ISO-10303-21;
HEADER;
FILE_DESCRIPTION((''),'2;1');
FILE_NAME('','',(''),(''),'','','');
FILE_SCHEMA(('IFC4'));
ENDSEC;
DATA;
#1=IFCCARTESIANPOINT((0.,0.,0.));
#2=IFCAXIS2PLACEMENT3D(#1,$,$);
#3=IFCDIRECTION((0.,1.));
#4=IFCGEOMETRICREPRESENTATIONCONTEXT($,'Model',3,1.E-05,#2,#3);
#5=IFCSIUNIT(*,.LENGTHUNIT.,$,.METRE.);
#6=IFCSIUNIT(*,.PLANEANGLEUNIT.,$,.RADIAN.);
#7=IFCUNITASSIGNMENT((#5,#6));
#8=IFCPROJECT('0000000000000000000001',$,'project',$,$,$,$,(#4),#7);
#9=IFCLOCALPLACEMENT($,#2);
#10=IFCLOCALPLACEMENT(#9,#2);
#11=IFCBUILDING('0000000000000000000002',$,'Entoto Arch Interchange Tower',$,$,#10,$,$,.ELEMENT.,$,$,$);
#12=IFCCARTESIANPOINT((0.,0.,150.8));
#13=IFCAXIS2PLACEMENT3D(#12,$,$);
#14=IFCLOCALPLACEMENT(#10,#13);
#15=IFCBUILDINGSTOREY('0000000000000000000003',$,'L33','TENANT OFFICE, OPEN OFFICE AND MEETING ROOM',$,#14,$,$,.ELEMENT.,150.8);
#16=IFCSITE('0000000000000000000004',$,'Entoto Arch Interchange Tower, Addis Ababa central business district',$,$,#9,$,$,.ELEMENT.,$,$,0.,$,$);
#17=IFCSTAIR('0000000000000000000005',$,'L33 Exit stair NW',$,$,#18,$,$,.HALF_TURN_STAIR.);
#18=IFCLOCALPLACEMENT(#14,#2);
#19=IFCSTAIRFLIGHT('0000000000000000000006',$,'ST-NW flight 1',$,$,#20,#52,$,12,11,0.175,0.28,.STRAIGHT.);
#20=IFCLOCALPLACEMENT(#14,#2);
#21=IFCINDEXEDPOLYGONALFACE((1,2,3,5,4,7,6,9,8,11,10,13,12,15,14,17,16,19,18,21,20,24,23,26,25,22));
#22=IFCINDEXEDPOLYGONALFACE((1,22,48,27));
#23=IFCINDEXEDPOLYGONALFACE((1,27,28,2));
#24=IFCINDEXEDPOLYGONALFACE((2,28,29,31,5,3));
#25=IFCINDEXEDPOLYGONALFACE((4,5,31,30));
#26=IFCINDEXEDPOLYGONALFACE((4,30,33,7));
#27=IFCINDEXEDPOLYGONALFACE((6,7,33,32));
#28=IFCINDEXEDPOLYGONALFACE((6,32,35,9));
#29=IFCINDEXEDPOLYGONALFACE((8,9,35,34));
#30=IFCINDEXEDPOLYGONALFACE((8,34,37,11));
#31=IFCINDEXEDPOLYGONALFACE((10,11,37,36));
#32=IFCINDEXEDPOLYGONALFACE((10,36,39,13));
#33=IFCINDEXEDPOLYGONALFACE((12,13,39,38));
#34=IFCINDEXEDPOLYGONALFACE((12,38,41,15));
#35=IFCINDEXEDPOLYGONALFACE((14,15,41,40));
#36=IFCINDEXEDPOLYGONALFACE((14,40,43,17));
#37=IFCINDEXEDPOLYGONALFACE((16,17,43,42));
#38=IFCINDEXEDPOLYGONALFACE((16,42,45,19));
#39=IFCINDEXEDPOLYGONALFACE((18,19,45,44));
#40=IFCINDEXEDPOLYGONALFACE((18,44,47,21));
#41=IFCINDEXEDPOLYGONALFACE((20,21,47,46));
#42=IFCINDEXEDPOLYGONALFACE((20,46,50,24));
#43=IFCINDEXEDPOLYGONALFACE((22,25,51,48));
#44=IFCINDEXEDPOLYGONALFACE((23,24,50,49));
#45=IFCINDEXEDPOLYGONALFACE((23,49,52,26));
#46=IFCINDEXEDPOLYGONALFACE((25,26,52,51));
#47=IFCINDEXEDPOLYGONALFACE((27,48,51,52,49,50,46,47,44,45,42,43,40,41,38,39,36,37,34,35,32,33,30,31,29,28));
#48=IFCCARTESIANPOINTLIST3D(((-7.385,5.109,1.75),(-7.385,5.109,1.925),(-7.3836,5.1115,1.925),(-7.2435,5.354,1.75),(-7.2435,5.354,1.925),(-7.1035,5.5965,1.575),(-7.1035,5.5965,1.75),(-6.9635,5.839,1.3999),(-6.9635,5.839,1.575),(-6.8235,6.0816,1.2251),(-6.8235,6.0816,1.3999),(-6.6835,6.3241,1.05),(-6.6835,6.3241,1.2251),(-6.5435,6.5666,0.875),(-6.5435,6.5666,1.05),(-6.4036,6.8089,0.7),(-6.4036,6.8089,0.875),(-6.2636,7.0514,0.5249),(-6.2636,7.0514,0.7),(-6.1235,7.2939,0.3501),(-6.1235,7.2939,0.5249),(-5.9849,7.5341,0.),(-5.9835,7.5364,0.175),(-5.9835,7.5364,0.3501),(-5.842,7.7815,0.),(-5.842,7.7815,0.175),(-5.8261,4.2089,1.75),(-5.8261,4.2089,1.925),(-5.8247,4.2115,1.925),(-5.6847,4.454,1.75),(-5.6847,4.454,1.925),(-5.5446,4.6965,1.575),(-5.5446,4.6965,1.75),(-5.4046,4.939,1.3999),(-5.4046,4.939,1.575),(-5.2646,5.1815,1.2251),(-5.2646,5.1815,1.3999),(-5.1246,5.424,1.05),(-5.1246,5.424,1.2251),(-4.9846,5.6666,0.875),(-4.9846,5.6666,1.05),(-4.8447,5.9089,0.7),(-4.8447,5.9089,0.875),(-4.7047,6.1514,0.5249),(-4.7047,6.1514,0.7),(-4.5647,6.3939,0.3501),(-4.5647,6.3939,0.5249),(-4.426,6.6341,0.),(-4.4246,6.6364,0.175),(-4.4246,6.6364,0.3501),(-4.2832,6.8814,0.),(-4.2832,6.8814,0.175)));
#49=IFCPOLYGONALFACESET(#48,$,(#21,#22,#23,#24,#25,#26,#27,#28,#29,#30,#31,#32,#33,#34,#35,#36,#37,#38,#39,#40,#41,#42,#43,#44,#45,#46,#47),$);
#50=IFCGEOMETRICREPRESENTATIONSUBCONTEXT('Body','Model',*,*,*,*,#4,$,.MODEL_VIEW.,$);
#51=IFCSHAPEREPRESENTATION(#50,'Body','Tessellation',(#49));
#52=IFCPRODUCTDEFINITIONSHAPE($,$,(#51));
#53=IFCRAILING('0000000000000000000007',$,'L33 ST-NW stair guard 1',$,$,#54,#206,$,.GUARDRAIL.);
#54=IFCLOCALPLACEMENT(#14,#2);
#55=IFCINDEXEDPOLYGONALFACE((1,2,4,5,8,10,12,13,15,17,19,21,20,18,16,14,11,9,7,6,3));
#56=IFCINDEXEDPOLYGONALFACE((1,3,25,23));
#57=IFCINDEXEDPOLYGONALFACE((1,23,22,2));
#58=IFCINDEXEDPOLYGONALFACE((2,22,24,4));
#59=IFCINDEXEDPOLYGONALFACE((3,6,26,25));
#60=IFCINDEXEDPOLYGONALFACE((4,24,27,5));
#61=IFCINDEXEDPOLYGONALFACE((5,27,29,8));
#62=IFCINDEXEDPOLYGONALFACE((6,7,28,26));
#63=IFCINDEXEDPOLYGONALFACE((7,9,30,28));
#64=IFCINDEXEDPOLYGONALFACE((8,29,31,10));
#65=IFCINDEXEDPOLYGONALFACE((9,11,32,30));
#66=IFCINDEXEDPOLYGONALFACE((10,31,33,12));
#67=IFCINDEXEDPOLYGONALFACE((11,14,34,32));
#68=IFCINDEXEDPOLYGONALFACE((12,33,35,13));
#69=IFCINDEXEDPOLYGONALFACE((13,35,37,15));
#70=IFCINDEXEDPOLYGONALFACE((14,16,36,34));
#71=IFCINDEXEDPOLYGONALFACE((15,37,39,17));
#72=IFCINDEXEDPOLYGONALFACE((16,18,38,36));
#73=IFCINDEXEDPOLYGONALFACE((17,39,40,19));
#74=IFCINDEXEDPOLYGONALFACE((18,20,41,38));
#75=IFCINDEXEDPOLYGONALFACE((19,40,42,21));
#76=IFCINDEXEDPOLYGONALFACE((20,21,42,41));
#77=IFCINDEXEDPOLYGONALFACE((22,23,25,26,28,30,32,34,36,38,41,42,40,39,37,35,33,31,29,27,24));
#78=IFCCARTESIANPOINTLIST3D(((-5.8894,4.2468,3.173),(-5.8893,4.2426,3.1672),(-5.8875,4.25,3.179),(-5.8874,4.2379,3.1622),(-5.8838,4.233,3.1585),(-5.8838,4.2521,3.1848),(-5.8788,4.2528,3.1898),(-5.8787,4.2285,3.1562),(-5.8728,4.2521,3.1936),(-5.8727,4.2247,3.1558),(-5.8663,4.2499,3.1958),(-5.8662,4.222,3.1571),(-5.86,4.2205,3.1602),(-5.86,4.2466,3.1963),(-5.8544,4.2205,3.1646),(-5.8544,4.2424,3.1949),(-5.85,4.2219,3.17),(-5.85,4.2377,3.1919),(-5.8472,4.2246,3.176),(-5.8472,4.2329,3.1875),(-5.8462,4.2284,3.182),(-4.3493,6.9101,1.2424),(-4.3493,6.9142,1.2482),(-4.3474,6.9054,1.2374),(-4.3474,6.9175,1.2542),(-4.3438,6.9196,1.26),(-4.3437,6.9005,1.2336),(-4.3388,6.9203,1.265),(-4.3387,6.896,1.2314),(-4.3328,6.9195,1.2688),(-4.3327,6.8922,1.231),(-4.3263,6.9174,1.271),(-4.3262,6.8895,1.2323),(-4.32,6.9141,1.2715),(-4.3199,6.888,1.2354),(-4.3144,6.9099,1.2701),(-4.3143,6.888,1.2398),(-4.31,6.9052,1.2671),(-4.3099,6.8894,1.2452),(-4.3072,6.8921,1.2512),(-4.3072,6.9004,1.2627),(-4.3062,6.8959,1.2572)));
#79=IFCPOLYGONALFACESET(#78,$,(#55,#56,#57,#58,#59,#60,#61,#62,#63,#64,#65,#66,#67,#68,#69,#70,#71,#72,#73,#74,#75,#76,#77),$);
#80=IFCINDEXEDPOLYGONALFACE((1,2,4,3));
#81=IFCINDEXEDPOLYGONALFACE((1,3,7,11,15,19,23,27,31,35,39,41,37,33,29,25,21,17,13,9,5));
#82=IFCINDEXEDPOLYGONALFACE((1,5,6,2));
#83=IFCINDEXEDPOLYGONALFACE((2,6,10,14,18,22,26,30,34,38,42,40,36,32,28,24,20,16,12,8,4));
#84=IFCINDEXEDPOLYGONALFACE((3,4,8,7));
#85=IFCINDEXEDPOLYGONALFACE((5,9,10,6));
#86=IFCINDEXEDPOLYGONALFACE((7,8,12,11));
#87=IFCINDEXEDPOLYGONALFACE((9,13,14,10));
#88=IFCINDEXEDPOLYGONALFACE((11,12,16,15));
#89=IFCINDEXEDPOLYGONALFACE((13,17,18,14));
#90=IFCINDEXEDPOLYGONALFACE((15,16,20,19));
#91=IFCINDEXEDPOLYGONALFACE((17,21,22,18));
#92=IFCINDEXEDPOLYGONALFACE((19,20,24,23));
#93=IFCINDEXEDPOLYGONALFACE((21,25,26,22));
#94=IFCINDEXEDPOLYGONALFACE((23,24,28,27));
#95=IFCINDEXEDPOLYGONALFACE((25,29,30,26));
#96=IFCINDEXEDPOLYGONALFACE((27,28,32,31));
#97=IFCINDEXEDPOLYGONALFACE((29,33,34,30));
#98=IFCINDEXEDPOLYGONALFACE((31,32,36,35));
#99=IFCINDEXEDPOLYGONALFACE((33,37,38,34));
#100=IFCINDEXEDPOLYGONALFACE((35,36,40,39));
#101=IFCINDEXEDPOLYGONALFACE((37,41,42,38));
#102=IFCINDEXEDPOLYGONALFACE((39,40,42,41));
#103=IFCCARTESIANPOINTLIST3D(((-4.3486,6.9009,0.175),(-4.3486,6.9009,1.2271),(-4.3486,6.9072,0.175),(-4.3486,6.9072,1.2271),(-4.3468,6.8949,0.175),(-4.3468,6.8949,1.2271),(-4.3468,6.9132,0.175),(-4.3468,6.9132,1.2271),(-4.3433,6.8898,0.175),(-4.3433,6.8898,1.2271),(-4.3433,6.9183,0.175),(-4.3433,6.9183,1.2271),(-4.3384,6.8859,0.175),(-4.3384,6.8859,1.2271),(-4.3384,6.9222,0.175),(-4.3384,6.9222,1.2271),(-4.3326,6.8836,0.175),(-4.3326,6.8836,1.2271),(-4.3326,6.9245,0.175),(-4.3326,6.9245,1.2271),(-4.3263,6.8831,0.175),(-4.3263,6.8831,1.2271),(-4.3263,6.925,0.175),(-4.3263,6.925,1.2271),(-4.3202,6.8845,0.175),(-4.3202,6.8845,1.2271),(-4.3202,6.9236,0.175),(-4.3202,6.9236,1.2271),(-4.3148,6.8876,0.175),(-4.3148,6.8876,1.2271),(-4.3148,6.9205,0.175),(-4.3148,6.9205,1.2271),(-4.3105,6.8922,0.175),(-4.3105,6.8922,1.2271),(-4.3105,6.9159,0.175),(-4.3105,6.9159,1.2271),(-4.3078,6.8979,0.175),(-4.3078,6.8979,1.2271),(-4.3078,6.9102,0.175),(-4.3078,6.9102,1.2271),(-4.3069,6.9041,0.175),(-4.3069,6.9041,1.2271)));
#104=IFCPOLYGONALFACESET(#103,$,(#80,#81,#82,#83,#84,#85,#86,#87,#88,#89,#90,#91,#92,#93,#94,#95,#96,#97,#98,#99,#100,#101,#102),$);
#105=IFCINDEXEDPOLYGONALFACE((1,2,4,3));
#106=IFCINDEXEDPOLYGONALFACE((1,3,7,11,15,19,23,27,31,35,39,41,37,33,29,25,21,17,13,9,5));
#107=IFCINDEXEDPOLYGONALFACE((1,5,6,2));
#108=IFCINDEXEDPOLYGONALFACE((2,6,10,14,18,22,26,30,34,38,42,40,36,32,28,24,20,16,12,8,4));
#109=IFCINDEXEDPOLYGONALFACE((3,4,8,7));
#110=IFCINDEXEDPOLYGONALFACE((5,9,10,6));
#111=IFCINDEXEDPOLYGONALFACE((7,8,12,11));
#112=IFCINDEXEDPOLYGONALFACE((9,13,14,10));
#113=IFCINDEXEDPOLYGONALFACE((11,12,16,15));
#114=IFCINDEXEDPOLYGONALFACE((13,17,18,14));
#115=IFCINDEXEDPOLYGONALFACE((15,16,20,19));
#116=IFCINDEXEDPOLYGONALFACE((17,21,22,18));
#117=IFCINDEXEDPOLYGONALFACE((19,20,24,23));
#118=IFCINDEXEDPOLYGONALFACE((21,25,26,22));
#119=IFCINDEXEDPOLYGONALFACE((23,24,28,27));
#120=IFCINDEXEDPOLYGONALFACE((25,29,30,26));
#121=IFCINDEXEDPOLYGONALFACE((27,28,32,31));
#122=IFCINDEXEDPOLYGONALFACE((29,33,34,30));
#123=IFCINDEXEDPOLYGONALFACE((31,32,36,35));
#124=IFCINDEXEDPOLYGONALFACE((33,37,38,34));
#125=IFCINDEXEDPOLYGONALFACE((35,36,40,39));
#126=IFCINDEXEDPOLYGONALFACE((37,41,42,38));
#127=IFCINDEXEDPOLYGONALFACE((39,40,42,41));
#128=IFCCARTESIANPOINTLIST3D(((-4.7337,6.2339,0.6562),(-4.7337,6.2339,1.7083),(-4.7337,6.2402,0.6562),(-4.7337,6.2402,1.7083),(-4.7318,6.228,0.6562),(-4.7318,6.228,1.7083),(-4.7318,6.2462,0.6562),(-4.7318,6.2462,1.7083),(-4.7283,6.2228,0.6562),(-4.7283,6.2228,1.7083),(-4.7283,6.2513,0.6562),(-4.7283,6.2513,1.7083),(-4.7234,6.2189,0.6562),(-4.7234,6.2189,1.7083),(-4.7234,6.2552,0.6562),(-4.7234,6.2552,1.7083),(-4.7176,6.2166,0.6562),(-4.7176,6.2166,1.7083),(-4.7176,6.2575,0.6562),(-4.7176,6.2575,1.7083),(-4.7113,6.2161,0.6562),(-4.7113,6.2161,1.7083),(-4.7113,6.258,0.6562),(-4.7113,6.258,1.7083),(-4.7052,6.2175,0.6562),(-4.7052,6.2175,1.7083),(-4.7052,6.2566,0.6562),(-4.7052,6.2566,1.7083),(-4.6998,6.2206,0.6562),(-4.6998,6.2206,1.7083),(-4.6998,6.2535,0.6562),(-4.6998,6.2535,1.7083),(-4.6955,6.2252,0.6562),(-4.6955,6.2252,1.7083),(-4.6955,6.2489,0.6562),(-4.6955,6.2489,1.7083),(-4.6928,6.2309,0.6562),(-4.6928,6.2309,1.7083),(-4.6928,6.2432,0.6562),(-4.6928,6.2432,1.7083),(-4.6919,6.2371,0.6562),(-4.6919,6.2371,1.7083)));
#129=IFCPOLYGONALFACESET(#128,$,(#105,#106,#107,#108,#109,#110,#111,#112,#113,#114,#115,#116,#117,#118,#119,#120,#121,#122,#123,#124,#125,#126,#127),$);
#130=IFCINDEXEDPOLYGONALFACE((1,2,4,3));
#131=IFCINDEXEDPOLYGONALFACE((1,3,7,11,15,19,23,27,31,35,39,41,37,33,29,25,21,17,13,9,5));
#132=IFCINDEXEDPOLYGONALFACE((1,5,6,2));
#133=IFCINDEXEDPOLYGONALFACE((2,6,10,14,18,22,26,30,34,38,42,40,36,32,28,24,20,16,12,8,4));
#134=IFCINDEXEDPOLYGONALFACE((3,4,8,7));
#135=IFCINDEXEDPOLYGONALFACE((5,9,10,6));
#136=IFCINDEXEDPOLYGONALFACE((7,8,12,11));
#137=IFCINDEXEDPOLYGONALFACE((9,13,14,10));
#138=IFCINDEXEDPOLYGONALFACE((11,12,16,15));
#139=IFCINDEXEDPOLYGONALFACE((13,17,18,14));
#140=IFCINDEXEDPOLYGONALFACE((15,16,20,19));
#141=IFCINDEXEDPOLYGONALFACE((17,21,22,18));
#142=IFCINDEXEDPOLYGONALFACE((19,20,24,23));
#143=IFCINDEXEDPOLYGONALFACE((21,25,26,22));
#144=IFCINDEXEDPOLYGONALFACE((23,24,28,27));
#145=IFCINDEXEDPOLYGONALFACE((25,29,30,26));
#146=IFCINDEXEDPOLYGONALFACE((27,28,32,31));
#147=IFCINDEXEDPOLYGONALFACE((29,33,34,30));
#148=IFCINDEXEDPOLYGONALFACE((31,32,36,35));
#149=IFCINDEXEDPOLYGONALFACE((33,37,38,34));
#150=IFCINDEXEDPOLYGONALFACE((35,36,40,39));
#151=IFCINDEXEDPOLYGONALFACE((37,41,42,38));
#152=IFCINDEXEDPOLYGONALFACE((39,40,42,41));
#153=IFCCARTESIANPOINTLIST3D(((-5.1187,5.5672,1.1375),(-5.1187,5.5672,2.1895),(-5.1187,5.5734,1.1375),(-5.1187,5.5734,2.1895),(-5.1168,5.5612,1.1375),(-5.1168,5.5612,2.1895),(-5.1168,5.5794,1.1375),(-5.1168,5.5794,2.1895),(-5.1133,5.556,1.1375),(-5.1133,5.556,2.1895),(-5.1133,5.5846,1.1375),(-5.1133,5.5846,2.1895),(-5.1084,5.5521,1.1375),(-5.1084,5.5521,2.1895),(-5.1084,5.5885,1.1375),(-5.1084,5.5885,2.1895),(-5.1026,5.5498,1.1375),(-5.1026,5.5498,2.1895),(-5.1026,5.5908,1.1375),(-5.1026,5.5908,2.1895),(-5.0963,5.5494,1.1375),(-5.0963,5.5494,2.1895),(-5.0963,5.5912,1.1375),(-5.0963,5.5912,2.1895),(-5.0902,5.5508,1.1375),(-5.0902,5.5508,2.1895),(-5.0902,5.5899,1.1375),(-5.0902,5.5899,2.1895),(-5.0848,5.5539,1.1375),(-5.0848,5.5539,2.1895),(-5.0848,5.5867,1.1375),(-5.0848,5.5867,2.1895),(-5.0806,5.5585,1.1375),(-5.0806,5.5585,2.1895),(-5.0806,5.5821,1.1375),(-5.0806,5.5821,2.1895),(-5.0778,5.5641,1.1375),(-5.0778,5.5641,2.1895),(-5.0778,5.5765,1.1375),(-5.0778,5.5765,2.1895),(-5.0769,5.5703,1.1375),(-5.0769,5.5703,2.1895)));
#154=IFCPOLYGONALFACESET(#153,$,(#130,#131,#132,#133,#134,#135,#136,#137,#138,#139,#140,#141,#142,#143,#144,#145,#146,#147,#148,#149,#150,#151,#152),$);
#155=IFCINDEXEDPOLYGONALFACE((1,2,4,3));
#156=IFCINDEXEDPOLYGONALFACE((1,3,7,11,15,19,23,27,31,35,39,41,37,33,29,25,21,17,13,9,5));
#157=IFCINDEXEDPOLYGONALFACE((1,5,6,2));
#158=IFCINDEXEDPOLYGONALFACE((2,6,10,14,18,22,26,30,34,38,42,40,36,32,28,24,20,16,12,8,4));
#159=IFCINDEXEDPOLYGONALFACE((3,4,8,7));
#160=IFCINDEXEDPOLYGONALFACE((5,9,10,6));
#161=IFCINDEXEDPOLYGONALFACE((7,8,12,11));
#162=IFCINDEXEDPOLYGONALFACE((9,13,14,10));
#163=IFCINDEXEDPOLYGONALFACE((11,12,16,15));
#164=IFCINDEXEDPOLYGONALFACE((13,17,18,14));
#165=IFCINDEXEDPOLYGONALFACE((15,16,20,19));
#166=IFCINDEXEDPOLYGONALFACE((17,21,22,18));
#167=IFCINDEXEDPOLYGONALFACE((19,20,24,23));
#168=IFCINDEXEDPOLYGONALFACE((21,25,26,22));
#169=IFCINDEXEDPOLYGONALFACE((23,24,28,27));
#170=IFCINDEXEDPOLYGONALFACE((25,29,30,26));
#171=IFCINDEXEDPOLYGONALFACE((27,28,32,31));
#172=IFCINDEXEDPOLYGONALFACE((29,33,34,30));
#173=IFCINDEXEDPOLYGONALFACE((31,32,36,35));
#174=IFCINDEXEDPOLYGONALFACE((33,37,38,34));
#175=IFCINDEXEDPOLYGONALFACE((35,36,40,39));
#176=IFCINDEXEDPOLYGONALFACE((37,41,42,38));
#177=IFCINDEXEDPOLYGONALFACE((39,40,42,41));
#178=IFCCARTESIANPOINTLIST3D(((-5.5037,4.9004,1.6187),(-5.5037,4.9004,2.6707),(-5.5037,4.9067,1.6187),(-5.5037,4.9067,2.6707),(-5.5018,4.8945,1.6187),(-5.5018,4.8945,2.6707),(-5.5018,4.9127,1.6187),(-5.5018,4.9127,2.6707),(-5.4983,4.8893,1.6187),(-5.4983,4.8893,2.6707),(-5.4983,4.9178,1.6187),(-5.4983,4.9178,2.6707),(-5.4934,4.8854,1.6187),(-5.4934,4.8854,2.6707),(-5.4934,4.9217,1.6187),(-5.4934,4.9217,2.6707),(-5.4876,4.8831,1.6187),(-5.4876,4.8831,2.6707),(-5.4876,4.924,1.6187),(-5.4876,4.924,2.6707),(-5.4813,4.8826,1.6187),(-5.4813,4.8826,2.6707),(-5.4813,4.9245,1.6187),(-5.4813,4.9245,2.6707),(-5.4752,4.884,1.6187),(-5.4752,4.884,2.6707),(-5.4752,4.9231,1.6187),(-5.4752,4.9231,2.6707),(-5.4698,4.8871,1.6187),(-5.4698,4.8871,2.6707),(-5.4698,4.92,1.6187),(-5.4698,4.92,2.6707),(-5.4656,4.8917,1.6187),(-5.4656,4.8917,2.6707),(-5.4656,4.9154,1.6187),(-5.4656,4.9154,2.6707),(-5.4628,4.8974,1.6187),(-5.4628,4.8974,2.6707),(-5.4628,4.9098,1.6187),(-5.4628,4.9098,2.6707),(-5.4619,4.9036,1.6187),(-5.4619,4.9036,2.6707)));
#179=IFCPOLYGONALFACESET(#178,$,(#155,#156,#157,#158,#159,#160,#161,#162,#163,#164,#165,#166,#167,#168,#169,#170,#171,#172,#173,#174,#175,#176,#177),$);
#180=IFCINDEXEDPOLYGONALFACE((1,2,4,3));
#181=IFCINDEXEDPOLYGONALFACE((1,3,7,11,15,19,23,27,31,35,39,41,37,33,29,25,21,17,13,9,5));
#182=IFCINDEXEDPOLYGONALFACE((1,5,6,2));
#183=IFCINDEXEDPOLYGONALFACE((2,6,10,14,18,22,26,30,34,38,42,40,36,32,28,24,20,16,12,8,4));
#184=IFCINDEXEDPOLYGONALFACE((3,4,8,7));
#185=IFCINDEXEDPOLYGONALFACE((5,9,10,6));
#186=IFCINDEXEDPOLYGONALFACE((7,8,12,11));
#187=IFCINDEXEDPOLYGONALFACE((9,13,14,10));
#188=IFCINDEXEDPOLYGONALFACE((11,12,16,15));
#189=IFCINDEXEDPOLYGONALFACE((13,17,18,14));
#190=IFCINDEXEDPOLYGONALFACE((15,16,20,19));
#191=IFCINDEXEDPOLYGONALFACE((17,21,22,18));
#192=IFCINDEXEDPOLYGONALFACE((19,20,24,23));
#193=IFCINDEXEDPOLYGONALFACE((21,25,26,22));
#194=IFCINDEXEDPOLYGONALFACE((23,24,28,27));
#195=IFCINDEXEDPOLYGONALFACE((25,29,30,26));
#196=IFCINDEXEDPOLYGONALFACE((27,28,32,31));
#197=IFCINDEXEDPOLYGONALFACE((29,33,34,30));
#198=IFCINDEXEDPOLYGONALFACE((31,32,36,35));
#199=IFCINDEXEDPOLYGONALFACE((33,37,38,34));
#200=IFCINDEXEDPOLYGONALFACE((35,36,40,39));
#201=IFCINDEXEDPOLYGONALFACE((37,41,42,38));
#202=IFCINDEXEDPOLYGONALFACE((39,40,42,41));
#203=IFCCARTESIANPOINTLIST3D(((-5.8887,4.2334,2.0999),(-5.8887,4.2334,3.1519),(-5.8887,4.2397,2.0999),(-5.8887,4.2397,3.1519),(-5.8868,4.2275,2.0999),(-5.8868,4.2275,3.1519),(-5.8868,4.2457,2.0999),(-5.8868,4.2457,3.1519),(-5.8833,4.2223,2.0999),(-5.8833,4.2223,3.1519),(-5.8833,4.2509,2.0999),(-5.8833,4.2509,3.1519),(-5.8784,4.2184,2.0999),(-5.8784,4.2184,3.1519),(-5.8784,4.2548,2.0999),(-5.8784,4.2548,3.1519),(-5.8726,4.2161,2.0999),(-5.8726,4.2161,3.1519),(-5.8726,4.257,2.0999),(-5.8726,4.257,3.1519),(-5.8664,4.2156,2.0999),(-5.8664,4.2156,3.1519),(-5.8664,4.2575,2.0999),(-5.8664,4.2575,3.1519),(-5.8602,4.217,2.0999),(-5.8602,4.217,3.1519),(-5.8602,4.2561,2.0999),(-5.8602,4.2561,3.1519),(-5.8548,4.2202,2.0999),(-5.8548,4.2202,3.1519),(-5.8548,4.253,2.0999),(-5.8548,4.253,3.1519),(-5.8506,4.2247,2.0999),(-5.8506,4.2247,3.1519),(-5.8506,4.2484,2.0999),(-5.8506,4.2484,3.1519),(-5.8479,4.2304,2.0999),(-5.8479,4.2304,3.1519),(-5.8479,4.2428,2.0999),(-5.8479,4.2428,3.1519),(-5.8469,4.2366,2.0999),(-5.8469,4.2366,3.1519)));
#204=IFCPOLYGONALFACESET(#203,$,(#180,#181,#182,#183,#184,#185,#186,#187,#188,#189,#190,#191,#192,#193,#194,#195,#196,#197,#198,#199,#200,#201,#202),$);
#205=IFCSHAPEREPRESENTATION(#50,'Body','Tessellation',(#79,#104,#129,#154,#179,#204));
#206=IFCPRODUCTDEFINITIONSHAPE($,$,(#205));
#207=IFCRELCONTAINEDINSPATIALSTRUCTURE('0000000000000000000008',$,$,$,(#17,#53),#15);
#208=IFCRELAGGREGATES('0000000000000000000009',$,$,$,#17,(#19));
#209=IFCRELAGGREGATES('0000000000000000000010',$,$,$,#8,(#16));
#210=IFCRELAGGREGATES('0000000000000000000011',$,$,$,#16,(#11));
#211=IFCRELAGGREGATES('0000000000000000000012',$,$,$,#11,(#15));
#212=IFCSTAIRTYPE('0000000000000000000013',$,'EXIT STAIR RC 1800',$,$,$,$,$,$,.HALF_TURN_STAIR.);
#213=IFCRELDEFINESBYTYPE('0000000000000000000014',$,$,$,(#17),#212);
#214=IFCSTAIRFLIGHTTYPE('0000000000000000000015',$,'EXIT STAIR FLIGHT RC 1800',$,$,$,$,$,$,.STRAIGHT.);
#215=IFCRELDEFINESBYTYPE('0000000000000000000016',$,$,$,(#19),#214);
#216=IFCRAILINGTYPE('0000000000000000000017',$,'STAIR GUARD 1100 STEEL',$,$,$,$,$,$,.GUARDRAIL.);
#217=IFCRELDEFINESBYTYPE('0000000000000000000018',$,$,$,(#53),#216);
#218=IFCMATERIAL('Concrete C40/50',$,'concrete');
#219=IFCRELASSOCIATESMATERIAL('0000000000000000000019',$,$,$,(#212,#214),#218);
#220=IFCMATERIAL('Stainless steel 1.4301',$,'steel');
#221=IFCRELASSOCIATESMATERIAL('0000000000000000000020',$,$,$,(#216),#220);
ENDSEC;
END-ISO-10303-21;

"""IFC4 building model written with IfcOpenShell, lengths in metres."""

from ifc_helpers import new_model, si_unit, direction, frame, origin, origin_2d, place, context, subcontext, project, spatial, polyline, circle, outline, extrude, material, type_object, element, aggregate, save


model = new_model("IFC4")

# Units and contexts
model_context = context("Model", 3, precision=1e-05, world=origin(), true_north=direction((0.0, 1.0)))
body_context = subcontext(model_context, "Body", "Model", "MODEL_VIEW")
ifc_project = project(units=[si_unit("LENGTHUNIT", "METRE"), si_unit("PLANEANGLEUNIT", "RADIAN")], contexts=[model_context])

# Site, building, storey
site_placement = place(None, origin())
site = spatial("IfcSite", under=ifc_project, at=site_placement, Name="Entoto Arch Interchange Tower, Addis Ababa central business district", CompositionType="ELEMENT", RefElevation=0.0)
building_placement = place(site_placement, origin())
building = spatial("IfcBuilding", under=site, at=building_placement, Name="Entoto Arch Interchange Tower", CompositionType="ELEMENT")
storey_placement = place(building_placement, frame((0.0, 0.0, 150.8)))
storey = spatial("IfcBuildingStorey", under=building, at=storey_placement, Name="L33", Description="TENANT OFFICE, OPEN OFFICE AND MEETING ROOM", CompositionType="ELEMENT", Elevation=150.8)

# Shared definitions
ifc_material_1 = material(Name="Concrete C40/50", Category="concrete")

# Stair, stair flight
stair_type = type_object("IfcStairType", Name="EXIT STAIR RC 1800", PredefinedType="HALF_TURN_STAIR", material=ifc_material_1)
stair_placement = place(storey_placement, origin())
stair = element("IfcStair", 1, at=stair_placement, inside=storey, type_object=stair_type, Name="L33 Exit stair NW", PredefinedType="HALF_TURN_STAIR")
stair_flight_type = type_object("IfcStairFlightType", Name="EXIT STAIR FLIGHT RC 1800", PredefinedType="STRAIGHT", material=ifc_material_1)
stair_flight_placement = place(storey_placement, frame((-5.064, 7.3289, 0.0), z_axis=(0.0, 0.0, 1.0), x_axis=(-0.5, -0.866025, 0.0)))
stair_flight = element("IfcStairFlight", 2, at=stair_flight_placement, type_object=stair_flight_type, Name="ST-NW flight 1", NumberOfRisers=12, NumberOfTreads=11, PredefinedType="STRAIGHT", RiserHeight=0.175, TreadLength=0.28, context=body_context, shape_type="SweptSolid", body=[
    extrude(outline(polyline([(-0.0029, 0.0), (-0.0029, 0.175), (0.28, 0.175), (0.28, 0.3501), (0.5601, 0.3501), (0.5601, 0.5249), (0.8401, 0.5249), (0.8401, 0.7), (1.1201, 0.7), (1.1201, 0.875), (1.3999, 0.875), (1.3999, 1.05), (1.6799, 1.05), (1.6799, 1.2251), (1.96, 1.2251), (1.96, 1.3999), (2.24, 1.3999), (2.24, 1.575), (2.52, 1.575), (2.52, 1.75), (2.8, 1.75), (2.8, 1.925), (3.0801, 1.925), (3.083, 1.925), (3.083, 1.75), (0.2827, 0.0), (-0.0029, 0.0)])), frame((0.0, 0.8999, 0.0), z_axis=(0.0, -1.0, 0.0), x_axis=(1.0, 0.0, 0.0)), (0.0, 0.0, 1.0), 1.8),
])
aggregate(stair, [stair_flight])

# Railing
ifc_material_2 = material(Name="Stainless steel 1.4301", Category="steel")
railing_type_1 = type_object("IfcRailingType", Name="STAIR GUARD 1100 STEEL", PredefinedType="GUARDRAIL", material=ifc_material_2)
railing_1_placement = place(storey_placement, frame((-4.3279, 6.9041, 0.175)))
element("IfcRailing", 3, at=railing_1_placement, inside=storey, type_object=railing_type_1, Name="L33 ST-NW stair guard 1", PredefinedType="GUARDRAIL", context=body_context, shape_type="SweptSolid", body=[
    extrude(circle(Radius=0.0239, at=origin_2d()), frame((0.0, 0.0, 1.0762), z_axis=(-0.42401, -0.734421, 0.529945), x_axis=(0.86603, -0.499992, 0.0)), (0.0, 0.0, 1.0), 3.6321),
    extrude(circle(Radius=0.021, at=origin_2d()), origin(), (0.0, 0.0, 1.0), 1.052),
    extrude(circle(Radius=0.021, at=origin_2d()), frame((-0.385, -0.667, 0.4812)), (0.0, 0.0, 1.0), 1.052),
    extrude(circle(Radius=0.021, at=origin_2d()), frame((-0.77, -1.3337, 0.9624)), (0.0, 0.0, 1.0), 1.052),
    extrude(circle(Radius=0.021, at=origin_2d()), frame((-1.155, -2.0005, 1.4436)), (0.0, 0.0, 1.0), 1.052),
    extrude(circle(Radius=0.021, at=origin_2d()), frame((-1.54, -2.6675, 1.9248)), (0.0, 0.0, 1.0), 1.052),
])

save(model, "model.ifc")
